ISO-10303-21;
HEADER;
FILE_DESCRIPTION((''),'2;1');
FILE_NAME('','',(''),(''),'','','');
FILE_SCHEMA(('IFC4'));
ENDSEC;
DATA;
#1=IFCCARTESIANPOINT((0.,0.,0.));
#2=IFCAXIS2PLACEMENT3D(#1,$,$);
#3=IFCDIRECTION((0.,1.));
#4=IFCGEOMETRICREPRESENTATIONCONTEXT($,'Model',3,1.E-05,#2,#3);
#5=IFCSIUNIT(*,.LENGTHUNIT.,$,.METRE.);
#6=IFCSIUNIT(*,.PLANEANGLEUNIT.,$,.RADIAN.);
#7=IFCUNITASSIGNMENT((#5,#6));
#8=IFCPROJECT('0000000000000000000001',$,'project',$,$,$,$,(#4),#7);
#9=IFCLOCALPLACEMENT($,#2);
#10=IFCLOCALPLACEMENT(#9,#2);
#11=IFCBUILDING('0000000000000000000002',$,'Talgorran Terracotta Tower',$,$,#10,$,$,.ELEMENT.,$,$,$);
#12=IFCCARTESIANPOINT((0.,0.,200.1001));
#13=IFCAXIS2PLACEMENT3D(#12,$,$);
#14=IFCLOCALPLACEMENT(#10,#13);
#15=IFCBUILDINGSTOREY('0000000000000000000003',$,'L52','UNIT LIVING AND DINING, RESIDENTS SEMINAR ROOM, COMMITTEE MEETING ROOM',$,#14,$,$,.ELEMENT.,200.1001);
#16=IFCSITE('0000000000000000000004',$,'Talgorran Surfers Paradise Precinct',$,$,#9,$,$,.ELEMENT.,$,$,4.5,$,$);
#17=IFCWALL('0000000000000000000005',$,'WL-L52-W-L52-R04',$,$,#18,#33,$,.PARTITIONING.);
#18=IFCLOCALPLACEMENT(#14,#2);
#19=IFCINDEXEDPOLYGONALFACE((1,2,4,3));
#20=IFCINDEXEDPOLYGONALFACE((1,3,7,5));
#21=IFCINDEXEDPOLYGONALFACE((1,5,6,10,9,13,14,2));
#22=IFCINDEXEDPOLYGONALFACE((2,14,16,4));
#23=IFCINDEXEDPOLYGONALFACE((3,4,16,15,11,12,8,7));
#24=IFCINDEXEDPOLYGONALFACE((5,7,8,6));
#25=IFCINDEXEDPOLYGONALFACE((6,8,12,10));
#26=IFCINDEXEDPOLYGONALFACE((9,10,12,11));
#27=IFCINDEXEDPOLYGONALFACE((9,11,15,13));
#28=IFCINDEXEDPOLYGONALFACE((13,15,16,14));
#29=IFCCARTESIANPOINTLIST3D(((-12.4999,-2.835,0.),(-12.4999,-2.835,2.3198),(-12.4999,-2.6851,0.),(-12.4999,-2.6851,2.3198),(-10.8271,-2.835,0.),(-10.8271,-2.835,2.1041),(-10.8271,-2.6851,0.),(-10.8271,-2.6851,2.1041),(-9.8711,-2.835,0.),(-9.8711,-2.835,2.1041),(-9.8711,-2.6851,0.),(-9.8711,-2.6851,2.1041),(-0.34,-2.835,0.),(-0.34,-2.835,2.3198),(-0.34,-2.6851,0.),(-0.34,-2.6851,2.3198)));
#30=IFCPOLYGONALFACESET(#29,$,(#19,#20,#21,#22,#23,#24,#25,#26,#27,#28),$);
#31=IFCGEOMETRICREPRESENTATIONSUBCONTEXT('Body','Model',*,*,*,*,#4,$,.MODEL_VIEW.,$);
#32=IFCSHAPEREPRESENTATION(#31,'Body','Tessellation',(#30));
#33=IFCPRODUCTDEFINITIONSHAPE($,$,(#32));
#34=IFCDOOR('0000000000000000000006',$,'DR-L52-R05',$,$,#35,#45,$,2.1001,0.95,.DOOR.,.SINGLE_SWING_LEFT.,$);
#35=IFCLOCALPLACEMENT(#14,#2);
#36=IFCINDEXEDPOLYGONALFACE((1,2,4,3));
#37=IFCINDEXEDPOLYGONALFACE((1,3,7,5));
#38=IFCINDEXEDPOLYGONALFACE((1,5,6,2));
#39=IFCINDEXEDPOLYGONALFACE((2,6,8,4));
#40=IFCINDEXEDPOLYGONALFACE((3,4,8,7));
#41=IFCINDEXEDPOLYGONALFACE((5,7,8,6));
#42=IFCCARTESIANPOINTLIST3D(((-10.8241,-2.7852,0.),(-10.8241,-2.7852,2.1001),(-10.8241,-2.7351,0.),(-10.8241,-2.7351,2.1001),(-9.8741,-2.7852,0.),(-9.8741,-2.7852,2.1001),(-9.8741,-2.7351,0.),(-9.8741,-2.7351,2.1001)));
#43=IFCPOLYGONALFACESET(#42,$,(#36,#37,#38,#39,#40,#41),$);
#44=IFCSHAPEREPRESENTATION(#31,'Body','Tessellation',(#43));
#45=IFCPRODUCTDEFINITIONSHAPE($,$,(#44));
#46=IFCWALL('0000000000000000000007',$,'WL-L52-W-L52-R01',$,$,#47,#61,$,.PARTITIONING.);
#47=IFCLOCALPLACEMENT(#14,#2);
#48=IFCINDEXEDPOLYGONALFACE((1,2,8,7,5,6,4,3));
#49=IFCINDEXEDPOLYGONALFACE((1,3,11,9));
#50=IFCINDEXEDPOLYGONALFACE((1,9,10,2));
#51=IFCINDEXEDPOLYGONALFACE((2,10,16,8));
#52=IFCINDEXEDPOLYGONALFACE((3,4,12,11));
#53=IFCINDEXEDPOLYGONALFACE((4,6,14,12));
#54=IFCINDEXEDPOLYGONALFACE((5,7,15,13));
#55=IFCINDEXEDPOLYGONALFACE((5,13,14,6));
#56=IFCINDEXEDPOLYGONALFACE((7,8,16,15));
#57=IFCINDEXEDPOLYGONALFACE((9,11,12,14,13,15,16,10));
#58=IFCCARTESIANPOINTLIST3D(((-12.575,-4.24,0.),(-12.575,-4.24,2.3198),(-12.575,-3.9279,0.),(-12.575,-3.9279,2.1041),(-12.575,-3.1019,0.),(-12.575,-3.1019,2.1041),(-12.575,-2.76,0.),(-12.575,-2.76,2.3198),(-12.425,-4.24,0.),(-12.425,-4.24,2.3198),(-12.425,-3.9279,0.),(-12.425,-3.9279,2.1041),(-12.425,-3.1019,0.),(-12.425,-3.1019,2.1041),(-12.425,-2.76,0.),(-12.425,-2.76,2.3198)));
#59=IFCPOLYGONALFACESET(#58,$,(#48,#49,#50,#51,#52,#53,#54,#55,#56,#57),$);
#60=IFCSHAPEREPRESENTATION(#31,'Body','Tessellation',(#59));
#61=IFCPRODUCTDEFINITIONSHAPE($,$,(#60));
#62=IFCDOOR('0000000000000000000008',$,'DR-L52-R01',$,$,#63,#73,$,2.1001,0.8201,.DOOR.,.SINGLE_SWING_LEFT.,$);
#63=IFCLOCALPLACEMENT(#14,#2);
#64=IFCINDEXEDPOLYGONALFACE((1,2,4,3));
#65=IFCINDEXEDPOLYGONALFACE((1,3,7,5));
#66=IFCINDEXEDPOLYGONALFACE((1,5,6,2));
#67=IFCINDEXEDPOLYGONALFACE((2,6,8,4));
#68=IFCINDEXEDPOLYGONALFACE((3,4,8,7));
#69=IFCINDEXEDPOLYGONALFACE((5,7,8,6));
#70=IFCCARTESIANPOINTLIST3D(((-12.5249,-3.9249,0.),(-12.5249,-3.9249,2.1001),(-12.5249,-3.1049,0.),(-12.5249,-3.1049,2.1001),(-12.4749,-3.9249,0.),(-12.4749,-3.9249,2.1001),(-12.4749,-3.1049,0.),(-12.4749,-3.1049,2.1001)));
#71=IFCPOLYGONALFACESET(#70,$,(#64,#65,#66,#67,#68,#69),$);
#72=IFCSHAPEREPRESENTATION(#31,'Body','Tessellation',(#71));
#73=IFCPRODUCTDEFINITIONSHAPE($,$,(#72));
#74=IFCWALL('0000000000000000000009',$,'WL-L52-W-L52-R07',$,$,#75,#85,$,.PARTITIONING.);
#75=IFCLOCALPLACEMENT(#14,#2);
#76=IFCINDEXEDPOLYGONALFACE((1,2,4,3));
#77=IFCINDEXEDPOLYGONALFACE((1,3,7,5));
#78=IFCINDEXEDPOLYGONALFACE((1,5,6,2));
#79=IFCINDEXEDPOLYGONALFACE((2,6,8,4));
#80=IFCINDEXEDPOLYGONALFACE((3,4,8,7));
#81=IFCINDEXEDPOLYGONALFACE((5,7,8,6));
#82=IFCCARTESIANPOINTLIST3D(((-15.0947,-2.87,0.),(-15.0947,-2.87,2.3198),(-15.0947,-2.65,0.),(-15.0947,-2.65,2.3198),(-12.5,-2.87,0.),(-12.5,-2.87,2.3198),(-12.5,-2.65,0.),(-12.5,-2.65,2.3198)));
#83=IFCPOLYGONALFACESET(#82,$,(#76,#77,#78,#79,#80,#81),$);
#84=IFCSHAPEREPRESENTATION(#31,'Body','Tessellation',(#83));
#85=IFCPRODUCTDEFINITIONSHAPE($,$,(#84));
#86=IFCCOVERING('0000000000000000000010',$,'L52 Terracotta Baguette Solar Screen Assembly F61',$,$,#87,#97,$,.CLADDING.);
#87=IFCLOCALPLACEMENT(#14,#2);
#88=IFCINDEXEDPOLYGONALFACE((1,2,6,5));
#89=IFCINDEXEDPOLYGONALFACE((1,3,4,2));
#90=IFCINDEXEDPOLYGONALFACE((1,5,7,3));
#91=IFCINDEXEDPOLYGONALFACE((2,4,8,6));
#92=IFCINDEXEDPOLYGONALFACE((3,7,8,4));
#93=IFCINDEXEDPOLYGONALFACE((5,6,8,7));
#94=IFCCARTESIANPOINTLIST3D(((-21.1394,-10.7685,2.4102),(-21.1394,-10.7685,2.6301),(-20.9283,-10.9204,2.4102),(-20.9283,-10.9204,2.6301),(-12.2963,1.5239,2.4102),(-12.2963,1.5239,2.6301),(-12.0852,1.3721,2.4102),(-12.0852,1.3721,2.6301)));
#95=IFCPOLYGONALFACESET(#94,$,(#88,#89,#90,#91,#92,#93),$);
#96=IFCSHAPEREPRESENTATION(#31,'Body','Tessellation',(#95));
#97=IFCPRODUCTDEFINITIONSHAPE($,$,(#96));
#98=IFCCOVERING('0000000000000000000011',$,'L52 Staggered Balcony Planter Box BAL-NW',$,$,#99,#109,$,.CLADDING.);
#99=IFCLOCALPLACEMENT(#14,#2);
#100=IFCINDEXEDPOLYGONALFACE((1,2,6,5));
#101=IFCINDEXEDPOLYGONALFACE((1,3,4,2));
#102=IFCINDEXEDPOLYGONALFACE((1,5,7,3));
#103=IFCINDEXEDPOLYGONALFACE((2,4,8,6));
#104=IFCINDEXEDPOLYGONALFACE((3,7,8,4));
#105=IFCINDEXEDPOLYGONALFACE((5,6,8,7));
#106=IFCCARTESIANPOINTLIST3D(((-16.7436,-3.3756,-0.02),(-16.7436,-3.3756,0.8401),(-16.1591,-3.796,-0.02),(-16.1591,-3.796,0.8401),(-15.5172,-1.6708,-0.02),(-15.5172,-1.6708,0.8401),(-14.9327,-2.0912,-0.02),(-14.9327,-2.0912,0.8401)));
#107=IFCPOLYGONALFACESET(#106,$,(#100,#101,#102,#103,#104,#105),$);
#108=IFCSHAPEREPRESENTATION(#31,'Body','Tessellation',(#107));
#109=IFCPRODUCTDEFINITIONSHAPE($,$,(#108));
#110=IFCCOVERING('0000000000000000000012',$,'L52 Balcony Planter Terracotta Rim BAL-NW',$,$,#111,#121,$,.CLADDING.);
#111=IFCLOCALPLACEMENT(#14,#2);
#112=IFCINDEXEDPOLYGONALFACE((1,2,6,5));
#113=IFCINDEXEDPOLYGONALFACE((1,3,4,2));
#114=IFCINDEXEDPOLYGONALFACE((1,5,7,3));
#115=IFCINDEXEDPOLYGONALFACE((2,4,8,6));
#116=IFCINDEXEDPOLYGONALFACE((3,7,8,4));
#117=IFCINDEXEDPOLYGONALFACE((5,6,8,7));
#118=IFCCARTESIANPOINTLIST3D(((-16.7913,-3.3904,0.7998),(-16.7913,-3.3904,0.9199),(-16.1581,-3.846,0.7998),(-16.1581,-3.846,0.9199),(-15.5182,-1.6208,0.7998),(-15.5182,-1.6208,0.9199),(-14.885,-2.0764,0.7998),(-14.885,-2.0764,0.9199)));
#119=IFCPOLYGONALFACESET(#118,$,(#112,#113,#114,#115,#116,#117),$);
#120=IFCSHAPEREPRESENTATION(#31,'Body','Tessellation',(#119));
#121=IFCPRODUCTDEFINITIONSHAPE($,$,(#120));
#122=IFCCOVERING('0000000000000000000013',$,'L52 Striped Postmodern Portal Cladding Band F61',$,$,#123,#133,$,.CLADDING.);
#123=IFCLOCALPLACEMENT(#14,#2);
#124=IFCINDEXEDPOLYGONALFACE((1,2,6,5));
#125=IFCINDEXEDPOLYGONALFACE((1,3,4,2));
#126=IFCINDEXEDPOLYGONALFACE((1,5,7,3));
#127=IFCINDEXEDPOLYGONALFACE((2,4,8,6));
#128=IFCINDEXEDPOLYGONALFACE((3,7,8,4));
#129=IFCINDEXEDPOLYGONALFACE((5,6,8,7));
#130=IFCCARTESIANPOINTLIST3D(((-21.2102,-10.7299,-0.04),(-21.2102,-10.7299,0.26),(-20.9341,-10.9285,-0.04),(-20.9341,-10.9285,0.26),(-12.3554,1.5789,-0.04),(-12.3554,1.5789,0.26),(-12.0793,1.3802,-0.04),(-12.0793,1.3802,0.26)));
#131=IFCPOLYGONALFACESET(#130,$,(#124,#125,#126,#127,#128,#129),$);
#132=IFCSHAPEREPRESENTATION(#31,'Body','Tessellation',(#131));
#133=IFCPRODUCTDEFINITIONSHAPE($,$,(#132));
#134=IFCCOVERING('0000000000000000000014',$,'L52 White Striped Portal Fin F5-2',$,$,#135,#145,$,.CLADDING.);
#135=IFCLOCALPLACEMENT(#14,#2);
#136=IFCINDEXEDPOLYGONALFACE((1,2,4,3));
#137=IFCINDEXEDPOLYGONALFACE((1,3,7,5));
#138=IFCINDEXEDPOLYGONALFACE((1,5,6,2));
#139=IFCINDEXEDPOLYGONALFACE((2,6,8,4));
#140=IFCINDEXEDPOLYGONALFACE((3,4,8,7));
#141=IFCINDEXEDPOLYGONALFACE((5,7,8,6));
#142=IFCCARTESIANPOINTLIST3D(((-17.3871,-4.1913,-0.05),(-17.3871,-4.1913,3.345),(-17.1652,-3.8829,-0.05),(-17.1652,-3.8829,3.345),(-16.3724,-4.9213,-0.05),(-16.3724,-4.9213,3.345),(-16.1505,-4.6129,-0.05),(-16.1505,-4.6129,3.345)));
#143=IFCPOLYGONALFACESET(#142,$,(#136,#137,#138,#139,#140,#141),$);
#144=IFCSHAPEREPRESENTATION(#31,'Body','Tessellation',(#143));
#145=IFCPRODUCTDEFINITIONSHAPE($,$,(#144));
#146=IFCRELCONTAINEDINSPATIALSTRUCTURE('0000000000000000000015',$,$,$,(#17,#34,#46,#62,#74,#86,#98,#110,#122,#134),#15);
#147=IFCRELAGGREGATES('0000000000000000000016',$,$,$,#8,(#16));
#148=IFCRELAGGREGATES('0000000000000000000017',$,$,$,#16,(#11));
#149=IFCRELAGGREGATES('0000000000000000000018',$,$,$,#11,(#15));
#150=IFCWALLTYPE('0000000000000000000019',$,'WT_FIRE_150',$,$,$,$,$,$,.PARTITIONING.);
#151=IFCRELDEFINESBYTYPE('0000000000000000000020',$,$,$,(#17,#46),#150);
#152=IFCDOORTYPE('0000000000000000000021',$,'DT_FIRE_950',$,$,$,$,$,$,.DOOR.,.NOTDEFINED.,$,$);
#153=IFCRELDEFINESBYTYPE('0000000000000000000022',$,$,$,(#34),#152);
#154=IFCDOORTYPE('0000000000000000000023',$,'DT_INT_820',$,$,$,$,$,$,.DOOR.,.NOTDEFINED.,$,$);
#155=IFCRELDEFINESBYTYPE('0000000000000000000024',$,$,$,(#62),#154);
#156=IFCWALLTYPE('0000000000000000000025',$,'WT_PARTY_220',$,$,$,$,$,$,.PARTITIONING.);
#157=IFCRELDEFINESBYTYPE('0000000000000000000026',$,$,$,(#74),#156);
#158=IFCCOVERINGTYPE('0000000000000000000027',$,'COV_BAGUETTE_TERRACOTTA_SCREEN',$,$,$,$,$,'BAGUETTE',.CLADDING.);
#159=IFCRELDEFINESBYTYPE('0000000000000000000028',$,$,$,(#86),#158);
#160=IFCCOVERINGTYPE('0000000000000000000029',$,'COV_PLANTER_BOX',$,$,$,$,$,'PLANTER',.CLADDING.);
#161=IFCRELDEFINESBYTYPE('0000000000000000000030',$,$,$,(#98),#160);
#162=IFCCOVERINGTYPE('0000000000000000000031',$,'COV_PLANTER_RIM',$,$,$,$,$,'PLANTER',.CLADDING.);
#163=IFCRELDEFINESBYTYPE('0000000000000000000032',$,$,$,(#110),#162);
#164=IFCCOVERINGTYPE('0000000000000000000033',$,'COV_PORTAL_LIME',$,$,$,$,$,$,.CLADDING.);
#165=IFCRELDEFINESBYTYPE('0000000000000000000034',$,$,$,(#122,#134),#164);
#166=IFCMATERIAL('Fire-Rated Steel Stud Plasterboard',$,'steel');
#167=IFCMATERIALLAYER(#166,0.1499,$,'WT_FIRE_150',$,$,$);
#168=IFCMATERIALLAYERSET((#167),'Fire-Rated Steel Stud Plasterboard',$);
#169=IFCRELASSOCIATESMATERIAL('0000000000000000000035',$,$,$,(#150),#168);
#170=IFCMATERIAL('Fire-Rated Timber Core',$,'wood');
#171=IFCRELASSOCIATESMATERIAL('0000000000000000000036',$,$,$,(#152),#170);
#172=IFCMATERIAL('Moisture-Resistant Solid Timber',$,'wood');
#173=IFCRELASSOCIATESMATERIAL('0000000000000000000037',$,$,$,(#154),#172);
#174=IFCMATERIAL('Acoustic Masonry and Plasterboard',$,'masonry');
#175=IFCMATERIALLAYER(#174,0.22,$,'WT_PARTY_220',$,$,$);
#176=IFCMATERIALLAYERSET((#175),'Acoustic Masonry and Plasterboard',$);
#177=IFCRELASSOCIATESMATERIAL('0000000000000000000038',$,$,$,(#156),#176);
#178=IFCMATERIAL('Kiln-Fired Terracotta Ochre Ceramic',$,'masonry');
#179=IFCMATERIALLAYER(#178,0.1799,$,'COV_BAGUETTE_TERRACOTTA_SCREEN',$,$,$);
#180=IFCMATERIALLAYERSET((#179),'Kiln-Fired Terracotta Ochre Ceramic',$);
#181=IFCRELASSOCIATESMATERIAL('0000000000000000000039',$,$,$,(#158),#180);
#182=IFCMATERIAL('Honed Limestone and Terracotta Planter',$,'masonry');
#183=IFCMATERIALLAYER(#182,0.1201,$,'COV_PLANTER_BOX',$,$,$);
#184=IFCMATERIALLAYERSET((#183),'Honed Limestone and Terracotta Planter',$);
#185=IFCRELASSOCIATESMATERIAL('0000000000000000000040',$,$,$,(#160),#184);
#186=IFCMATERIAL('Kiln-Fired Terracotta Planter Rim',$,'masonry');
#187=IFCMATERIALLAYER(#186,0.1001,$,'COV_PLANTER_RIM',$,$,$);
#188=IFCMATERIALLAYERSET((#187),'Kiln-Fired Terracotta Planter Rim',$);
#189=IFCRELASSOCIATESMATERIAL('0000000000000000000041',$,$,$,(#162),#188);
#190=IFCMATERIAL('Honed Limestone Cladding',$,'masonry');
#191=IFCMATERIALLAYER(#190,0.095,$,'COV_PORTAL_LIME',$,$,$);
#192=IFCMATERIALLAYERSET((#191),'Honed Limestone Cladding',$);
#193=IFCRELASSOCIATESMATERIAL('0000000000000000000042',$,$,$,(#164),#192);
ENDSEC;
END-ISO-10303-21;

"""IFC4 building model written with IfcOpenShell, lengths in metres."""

from ifc_helpers import new_model, si_unit, direction, frame, frame_2d, origin, origin_2d, place, context, subcontext, project, spatial, rectangle, extrude, material, layer, layer_set, type_object, element, fill, save


model = new_model("IFC4")

# Units and contexts
model_context = context("Model", 3, precision=1e-05, world=origin(), true_north=direction((0.0, 1.0)))
body_context = subcontext(model_context, "Body", "Model", "MODEL_VIEW")
ifc_project = project(units=[si_unit("LENGTHUNIT", "METRE"), si_unit("PLANEANGLEUNIT", "RADIAN")], contexts=[model_context])

# Site, building, storey
site_placement = place(None, origin())
site = spatial("IfcSite", under=ifc_project, at=site_placement, Name="Talgorran Surfers Paradise Precinct", CompositionType="ELEMENT", RefElevation=4.5)
building_placement = place(site_placement, origin())
building = spatial("IfcBuilding", under=site, at=building_placement, Name="Talgorran Terracotta Tower", CompositionType="ELEMENT")
storey_placement = place(building_placement, frame((0.0, 0.0, 200.1001)))
storey = spatial("IfcBuildingStorey", under=building, at=storey_placement, Name="L52", Description="UNIT LIVING AND DINING, RESIDENTS SEMINAR ROOM, COMMITTEE MEETING ROOM", CompositionType="ELEMENT", Elevation=200.1001)

# Walls, openings, doors
ifc_material_1 = material(Name="Fire-Rated Steel Stud Plasterboard", Category="steel")
ifc_layer_1 = layer(ifc_material_1, 0.1499, Name="WT_FIRE_150")
ifc_layer_set_1 = layer_set([ifc_layer_1], Name="Fire-Rated Steel Stud Plasterboard")
wall_type_1 = type_object("IfcWallType", Name="WT_FIRE_150", PredefinedType="PARTITIONING", material=ifc_layer_set_1)
wall_1_placement = place(storey_placement, frame((-12.5, -2.76, 0.0), z_axis=(0.0, 0.0, 1.0), x_axis=(1.0, 0.0, 0.0)))
wall_1 = element("IfcWall", 1, at=wall_1_placement, inside=storey, type_object=wall_type_1, Name="WL-L52-W-L52-R04", PredefinedType="PARTITIONING", context=body_context, shape_type="SweptSolid", body=[
    extrude(rectangle(XDim=12.1599, YDim=0.1499, at=frame_2d((6.0801, 0.0))), origin(), (0.0, 0.0, 1.0), 2.3198),
])
opening_1_placement = place(wall_1_placement, frame((1.6758, 0.0, 0.0)))
opening_1 = element("IfcOpeningElement", 2, at=opening_1_placement, cuts=wall_1, PredefinedType="OPENING", context=body_context, shape_type="SweptSolid", body=[
    extrude(rectangle(XDim=0.956, YDim=2.1041, at=frame_2d((0.4751, 1.052))), frame((0.0, 0.085, 0.0), z_axis=(0.0, -1.0, 0.0), x_axis=(1.0, 0.0, 0.0)), (0.0, 0.0, 1.0), 0.1699),
])
ifc_material_2 = material(Name="Fire-Rated Timber Core", Category="wood")
door_type_1 = type_object("IfcDoorType", Name="DT_FIRE_950", OperationType="NOTDEFINED", PredefinedType="DOOR", material=ifc_material_2)
door_1_placement = place(opening_1_placement, origin())
door_1 = element("IfcDoor", 3, at=door_1_placement, inside=storey, type_object=door_type_1, Name="DR-L52-R05", OperationType="SINGLE_SWING_LEFT", OverallHeight=2.1001, OverallWidth=0.95, PredefinedType="DOOR", context=body_context, shape_type="SweptSolid", body=[
    extrude(rectangle(XDim=0.95, YDim=2.1001, at=frame_2d((0.4751, 1.05))), frame((0.0, 0.0249, 0.0), z_axis=(0.0, -1.0, 0.0), x_axis=(1.0, 0.0, 0.0)), (0.0, 0.0, 1.0), 0.05),
])
fill(opening_1, door_1)
wall_2_placement = place(storey_placement, frame((-12.5, -4.24, 0.0), z_axis=(0.0, 0.0, 1.0), x_axis=(0.0, 1.0, 0.0)))
wall_2 = element("IfcWall", 4, at=wall_2_placement, inside=storey, type_object=wall_type_1, Name="WL-L52-W-L52-R01", PredefinedType="PARTITIONING", context=body_context, shape_type="SweptSolid", body=[
    extrude(rectangle(XDim=1.48, YDim=0.1499, at=frame_2d((0.74, 0.0))), origin(), (0.0, 0.0, 1.0), 2.3198),
])
opening_2_placement = place(wall_2_placement, frame((0.3149, 0.0, 0.0)))
opening_2 = element("IfcOpeningElement", 5, at=opening_2_placement, cuts=wall_2, PredefinedType="OPENING", context=body_context, shape_type="SweptSolid", body=[
    extrude(rectangle(XDim=0.8261, YDim=2.1041, at=frame_2d((0.4102, 1.052))), frame((0.0, 0.085, 0.0), z_axis=(0.0, -1.0, 0.0), x_axis=(1.0, 0.0, 0.0)), (0.0, 0.0, 1.0), 0.1699),
])
ifc_material_3 = material(Name="Moisture-Resistant Solid Timber", Category="wood")
door_type_2 = type_object("IfcDoorType", Name="DT_INT_820", OperationType="NOTDEFINED", PredefinedType="DOOR", material=ifc_material_3)
door_2_placement = place(opening_2_placement, origin())
door_2 = element("IfcDoor", 6, at=door_2_placement, inside=storey, type_object=door_type_2, Name="DR-L52-R01", OperationType="SINGLE_SWING_LEFT", OverallHeight=2.1001, OverallWidth=0.8201, PredefinedType="DOOR", context=body_context, shape_type="SweptSolid", body=[
    extrude(rectangle(XDim=0.8201, YDim=2.1001, at=frame_2d((0.4102, 1.05))), frame((0.0, 0.0249, 0.0), z_axis=(0.0, -1.0, 0.0), x_axis=(1.0, 0.0, 0.0)), (0.0, 0.0, 1.0), 0.05),
])
fill(opening_2, door_2)

# Wall
ifc_material_4 = material(Name="Acoustic Masonry and Plasterboard", Category="masonry")
ifc_layer_2 = layer(ifc_material_4, 0.22, Name="WT_PARTY_220")
ifc_layer_set_2 = layer_set([ifc_layer_2], Name="Acoustic Masonry and Plasterboard")
wall_type_2 = type_object("IfcWallType", Name="WT_PARTY_220", PredefinedType="PARTITIONING", material=ifc_layer_set_2)
wall_3_placement = place(storey_placement, frame((-15.0947, -2.76, 0.0), z_axis=(0.0, 0.0, 1.0), x_axis=(1.0, 0.0, 0.0)))
element("IfcWall", 7, at=wall_3_placement, inside=storey, type_object=wall_type_2, Name="WL-L52-W-L52-R07", PredefinedType="PARTITIONING", context=body_context, shape_type="SweptSolid", body=[
    extrude(rectangle(XDim=2.5947, YDim=0.22, at=frame_2d((1.2974, 0.0))), origin(), (0.0, 0.0, 1.0), 2.3198),
])

# Coverings
ifc_material_5 = material(Name="Kiln-Fired Terracotta Ochre Ceramic", Category="masonry")
ifc_layer_3 = layer(ifc_material_5, 0.1799, Name="COV_BAGUETTE_TERRACOTTA_SCREEN")
ifc_layer_set_3 = layer_set([ifc_layer_3], Name="Kiln-Fired Terracotta Ochre Ceramic")
covering_type_1 = type_object("IfcCoveringType", Name="COV_BAGUETTE_TERRACOTTA_SCREEN", ElementType="BAGUETTE", PredefinedType="CLADDING", material=ifc_layer_set_3)
covering_1_placement = place(storey_placement, frame((-16.6123, -4.6982, 2.4102), z_axis=(0.0, 0.0, 1.0), x_axis=(-0.583981, -0.811768, 0.0)))
element("IfcCovering", 8, at=covering_1_placement, inside=storey, type_object=covering_type_1, Name="L52 Terracotta Baguette Solar Screen Assembly F61", PredefinedType="CLADDING", context=body_context, shape_type="SweptSolid", body=[
    extrude(rectangle(XDim=15.1428, YDim=0.26, at=origin_2d()), origin(), (0.0, 0.0, 1.0), 0.22),
])
ifc_material_6 = material(Name="Honed Limestone and Terracotta Planter", Category="masonry")
ifc_layer_4 = layer(ifc_material_6, 0.1201, Name="COV_PLANTER_BOX")
ifc_layer_set_4 = layer_set([ifc_layer_4], Name="Honed Limestone and Terracotta Planter")
covering_type_2 = type_object("IfcCoveringType", Name="COV_PLANTER_BOX", ElementType="PLANTER", PredefinedType="CLADDING", material=ifc_layer_set_4)
covering_2_placement = place(storey_placement, frame((-15.8381, -2.7334, -0.02), z_axis=(0.0, 0.0, 1.0), x_axis=(-0.583981, -0.811768, 0.0)))
element("IfcCovering", 9, at=covering_2_placement, inside=storey, type_object=covering_type_2, Name="L52 Staggered Balcony Planter Box BAL-NW", PredefinedType="CLADDING", context=body_context, shape_type="SweptSolid", body=[
    extrude(rectangle(XDim=2.1001, YDim=0.72, at=origin_2d()), origin(), (0.0, 0.0, 1.0), 0.8601),
])
ifc_material_7 = material(Name="Kiln-Fired Terracotta Planter Rim", Category="masonry")
ifc_layer_5 = layer(ifc_material_7, 0.1001, Name="COV_PLANTER_RIM")
ifc_layer_set_5 = layer_set([ifc_layer_5], Name="Kiln-Fired Terracotta Planter Rim")
covering_type_3 = type_object("IfcCoveringType", Name="COV_PLANTER_RIM", ElementType="PLANTER", PredefinedType="CLADDING", material=ifc_layer_set_5)
covering_3_placement = place(storey_placement, frame((-15.8381, -2.7334, 0.7998), z_axis=(0.0, 0.0, 1.0), x_axis=(-0.583981, -0.811768, 0.0)))
element("IfcCovering", 10, at=covering_3_placement, inside=storey, type_object=covering_type_3, Name="L52 Balcony Planter Terracotta Rim BAL-NW", PredefinedType="CLADDING", context=body_context, shape_type="SweptSolid", body=[
    extrude(rectangle(XDim=2.1799, YDim=0.78, at=origin_2d()), origin(), (0.0, 0.0, 1.0), 0.1201),
])
ifc_material_8 = material(Name="Honed Limestone Cladding", Category="masonry")
ifc_layer_6 = layer(ifc_material_8, 0.095, Name="COV_PORTAL_LIME")
ifc_layer_set_6 = layer_set([ifc_layer_6], Name="Honed Limestone Cladding")
covering_type_4 = type_object("IfcCoveringType", Name="COV_PORTAL_LIME", PredefinedType="CLADDING", material=ifc_layer_set_6)
covering_4_placement = place(storey_placement, frame((-16.6448, -4.6748, -0.04), z_axis=(0.0, 0.0, 1.0), x_axis=(-0.583981, -0.811768, 0.0)))
element("IfcCovering", 11, at=covering_4_placement, inside=storey, type_object=covering_type_4, Name="L52 Striped Postmodern Portal Cladding Band F61", PredefinedType="CLADDING", context=body_context, shape_type="SweptSolid", body=[
    extrude(rectangle(XDim=15.1628, YDim=0.3401, at=origin_2d()), origin(), (0.0, 0.0, 1.0), 0.3),
])
covering_5_placement = place(storey_placement, frame((-16.7688, -4.4021, -0.05), z_axis=(0.0, 0.0, 1.0), x_axis=(-0.583981, -0.811768, 0.0)))
element("IfcCovering", 12, at=covering_5_placement, inside=storey, type_object=covering_type_4, Name="L52 White Striped Portal Fin F5-2", PredefinedType="CLADDING", context=body_context, shape_type="SweptSolid", body=[
    extrude(rectangle(XDim=0.3799, YDim=1.25, at=origin_2d()), origin(), (0.0, 0.0, 1.0), 3.395),
])

save(model, "model.ifc")
